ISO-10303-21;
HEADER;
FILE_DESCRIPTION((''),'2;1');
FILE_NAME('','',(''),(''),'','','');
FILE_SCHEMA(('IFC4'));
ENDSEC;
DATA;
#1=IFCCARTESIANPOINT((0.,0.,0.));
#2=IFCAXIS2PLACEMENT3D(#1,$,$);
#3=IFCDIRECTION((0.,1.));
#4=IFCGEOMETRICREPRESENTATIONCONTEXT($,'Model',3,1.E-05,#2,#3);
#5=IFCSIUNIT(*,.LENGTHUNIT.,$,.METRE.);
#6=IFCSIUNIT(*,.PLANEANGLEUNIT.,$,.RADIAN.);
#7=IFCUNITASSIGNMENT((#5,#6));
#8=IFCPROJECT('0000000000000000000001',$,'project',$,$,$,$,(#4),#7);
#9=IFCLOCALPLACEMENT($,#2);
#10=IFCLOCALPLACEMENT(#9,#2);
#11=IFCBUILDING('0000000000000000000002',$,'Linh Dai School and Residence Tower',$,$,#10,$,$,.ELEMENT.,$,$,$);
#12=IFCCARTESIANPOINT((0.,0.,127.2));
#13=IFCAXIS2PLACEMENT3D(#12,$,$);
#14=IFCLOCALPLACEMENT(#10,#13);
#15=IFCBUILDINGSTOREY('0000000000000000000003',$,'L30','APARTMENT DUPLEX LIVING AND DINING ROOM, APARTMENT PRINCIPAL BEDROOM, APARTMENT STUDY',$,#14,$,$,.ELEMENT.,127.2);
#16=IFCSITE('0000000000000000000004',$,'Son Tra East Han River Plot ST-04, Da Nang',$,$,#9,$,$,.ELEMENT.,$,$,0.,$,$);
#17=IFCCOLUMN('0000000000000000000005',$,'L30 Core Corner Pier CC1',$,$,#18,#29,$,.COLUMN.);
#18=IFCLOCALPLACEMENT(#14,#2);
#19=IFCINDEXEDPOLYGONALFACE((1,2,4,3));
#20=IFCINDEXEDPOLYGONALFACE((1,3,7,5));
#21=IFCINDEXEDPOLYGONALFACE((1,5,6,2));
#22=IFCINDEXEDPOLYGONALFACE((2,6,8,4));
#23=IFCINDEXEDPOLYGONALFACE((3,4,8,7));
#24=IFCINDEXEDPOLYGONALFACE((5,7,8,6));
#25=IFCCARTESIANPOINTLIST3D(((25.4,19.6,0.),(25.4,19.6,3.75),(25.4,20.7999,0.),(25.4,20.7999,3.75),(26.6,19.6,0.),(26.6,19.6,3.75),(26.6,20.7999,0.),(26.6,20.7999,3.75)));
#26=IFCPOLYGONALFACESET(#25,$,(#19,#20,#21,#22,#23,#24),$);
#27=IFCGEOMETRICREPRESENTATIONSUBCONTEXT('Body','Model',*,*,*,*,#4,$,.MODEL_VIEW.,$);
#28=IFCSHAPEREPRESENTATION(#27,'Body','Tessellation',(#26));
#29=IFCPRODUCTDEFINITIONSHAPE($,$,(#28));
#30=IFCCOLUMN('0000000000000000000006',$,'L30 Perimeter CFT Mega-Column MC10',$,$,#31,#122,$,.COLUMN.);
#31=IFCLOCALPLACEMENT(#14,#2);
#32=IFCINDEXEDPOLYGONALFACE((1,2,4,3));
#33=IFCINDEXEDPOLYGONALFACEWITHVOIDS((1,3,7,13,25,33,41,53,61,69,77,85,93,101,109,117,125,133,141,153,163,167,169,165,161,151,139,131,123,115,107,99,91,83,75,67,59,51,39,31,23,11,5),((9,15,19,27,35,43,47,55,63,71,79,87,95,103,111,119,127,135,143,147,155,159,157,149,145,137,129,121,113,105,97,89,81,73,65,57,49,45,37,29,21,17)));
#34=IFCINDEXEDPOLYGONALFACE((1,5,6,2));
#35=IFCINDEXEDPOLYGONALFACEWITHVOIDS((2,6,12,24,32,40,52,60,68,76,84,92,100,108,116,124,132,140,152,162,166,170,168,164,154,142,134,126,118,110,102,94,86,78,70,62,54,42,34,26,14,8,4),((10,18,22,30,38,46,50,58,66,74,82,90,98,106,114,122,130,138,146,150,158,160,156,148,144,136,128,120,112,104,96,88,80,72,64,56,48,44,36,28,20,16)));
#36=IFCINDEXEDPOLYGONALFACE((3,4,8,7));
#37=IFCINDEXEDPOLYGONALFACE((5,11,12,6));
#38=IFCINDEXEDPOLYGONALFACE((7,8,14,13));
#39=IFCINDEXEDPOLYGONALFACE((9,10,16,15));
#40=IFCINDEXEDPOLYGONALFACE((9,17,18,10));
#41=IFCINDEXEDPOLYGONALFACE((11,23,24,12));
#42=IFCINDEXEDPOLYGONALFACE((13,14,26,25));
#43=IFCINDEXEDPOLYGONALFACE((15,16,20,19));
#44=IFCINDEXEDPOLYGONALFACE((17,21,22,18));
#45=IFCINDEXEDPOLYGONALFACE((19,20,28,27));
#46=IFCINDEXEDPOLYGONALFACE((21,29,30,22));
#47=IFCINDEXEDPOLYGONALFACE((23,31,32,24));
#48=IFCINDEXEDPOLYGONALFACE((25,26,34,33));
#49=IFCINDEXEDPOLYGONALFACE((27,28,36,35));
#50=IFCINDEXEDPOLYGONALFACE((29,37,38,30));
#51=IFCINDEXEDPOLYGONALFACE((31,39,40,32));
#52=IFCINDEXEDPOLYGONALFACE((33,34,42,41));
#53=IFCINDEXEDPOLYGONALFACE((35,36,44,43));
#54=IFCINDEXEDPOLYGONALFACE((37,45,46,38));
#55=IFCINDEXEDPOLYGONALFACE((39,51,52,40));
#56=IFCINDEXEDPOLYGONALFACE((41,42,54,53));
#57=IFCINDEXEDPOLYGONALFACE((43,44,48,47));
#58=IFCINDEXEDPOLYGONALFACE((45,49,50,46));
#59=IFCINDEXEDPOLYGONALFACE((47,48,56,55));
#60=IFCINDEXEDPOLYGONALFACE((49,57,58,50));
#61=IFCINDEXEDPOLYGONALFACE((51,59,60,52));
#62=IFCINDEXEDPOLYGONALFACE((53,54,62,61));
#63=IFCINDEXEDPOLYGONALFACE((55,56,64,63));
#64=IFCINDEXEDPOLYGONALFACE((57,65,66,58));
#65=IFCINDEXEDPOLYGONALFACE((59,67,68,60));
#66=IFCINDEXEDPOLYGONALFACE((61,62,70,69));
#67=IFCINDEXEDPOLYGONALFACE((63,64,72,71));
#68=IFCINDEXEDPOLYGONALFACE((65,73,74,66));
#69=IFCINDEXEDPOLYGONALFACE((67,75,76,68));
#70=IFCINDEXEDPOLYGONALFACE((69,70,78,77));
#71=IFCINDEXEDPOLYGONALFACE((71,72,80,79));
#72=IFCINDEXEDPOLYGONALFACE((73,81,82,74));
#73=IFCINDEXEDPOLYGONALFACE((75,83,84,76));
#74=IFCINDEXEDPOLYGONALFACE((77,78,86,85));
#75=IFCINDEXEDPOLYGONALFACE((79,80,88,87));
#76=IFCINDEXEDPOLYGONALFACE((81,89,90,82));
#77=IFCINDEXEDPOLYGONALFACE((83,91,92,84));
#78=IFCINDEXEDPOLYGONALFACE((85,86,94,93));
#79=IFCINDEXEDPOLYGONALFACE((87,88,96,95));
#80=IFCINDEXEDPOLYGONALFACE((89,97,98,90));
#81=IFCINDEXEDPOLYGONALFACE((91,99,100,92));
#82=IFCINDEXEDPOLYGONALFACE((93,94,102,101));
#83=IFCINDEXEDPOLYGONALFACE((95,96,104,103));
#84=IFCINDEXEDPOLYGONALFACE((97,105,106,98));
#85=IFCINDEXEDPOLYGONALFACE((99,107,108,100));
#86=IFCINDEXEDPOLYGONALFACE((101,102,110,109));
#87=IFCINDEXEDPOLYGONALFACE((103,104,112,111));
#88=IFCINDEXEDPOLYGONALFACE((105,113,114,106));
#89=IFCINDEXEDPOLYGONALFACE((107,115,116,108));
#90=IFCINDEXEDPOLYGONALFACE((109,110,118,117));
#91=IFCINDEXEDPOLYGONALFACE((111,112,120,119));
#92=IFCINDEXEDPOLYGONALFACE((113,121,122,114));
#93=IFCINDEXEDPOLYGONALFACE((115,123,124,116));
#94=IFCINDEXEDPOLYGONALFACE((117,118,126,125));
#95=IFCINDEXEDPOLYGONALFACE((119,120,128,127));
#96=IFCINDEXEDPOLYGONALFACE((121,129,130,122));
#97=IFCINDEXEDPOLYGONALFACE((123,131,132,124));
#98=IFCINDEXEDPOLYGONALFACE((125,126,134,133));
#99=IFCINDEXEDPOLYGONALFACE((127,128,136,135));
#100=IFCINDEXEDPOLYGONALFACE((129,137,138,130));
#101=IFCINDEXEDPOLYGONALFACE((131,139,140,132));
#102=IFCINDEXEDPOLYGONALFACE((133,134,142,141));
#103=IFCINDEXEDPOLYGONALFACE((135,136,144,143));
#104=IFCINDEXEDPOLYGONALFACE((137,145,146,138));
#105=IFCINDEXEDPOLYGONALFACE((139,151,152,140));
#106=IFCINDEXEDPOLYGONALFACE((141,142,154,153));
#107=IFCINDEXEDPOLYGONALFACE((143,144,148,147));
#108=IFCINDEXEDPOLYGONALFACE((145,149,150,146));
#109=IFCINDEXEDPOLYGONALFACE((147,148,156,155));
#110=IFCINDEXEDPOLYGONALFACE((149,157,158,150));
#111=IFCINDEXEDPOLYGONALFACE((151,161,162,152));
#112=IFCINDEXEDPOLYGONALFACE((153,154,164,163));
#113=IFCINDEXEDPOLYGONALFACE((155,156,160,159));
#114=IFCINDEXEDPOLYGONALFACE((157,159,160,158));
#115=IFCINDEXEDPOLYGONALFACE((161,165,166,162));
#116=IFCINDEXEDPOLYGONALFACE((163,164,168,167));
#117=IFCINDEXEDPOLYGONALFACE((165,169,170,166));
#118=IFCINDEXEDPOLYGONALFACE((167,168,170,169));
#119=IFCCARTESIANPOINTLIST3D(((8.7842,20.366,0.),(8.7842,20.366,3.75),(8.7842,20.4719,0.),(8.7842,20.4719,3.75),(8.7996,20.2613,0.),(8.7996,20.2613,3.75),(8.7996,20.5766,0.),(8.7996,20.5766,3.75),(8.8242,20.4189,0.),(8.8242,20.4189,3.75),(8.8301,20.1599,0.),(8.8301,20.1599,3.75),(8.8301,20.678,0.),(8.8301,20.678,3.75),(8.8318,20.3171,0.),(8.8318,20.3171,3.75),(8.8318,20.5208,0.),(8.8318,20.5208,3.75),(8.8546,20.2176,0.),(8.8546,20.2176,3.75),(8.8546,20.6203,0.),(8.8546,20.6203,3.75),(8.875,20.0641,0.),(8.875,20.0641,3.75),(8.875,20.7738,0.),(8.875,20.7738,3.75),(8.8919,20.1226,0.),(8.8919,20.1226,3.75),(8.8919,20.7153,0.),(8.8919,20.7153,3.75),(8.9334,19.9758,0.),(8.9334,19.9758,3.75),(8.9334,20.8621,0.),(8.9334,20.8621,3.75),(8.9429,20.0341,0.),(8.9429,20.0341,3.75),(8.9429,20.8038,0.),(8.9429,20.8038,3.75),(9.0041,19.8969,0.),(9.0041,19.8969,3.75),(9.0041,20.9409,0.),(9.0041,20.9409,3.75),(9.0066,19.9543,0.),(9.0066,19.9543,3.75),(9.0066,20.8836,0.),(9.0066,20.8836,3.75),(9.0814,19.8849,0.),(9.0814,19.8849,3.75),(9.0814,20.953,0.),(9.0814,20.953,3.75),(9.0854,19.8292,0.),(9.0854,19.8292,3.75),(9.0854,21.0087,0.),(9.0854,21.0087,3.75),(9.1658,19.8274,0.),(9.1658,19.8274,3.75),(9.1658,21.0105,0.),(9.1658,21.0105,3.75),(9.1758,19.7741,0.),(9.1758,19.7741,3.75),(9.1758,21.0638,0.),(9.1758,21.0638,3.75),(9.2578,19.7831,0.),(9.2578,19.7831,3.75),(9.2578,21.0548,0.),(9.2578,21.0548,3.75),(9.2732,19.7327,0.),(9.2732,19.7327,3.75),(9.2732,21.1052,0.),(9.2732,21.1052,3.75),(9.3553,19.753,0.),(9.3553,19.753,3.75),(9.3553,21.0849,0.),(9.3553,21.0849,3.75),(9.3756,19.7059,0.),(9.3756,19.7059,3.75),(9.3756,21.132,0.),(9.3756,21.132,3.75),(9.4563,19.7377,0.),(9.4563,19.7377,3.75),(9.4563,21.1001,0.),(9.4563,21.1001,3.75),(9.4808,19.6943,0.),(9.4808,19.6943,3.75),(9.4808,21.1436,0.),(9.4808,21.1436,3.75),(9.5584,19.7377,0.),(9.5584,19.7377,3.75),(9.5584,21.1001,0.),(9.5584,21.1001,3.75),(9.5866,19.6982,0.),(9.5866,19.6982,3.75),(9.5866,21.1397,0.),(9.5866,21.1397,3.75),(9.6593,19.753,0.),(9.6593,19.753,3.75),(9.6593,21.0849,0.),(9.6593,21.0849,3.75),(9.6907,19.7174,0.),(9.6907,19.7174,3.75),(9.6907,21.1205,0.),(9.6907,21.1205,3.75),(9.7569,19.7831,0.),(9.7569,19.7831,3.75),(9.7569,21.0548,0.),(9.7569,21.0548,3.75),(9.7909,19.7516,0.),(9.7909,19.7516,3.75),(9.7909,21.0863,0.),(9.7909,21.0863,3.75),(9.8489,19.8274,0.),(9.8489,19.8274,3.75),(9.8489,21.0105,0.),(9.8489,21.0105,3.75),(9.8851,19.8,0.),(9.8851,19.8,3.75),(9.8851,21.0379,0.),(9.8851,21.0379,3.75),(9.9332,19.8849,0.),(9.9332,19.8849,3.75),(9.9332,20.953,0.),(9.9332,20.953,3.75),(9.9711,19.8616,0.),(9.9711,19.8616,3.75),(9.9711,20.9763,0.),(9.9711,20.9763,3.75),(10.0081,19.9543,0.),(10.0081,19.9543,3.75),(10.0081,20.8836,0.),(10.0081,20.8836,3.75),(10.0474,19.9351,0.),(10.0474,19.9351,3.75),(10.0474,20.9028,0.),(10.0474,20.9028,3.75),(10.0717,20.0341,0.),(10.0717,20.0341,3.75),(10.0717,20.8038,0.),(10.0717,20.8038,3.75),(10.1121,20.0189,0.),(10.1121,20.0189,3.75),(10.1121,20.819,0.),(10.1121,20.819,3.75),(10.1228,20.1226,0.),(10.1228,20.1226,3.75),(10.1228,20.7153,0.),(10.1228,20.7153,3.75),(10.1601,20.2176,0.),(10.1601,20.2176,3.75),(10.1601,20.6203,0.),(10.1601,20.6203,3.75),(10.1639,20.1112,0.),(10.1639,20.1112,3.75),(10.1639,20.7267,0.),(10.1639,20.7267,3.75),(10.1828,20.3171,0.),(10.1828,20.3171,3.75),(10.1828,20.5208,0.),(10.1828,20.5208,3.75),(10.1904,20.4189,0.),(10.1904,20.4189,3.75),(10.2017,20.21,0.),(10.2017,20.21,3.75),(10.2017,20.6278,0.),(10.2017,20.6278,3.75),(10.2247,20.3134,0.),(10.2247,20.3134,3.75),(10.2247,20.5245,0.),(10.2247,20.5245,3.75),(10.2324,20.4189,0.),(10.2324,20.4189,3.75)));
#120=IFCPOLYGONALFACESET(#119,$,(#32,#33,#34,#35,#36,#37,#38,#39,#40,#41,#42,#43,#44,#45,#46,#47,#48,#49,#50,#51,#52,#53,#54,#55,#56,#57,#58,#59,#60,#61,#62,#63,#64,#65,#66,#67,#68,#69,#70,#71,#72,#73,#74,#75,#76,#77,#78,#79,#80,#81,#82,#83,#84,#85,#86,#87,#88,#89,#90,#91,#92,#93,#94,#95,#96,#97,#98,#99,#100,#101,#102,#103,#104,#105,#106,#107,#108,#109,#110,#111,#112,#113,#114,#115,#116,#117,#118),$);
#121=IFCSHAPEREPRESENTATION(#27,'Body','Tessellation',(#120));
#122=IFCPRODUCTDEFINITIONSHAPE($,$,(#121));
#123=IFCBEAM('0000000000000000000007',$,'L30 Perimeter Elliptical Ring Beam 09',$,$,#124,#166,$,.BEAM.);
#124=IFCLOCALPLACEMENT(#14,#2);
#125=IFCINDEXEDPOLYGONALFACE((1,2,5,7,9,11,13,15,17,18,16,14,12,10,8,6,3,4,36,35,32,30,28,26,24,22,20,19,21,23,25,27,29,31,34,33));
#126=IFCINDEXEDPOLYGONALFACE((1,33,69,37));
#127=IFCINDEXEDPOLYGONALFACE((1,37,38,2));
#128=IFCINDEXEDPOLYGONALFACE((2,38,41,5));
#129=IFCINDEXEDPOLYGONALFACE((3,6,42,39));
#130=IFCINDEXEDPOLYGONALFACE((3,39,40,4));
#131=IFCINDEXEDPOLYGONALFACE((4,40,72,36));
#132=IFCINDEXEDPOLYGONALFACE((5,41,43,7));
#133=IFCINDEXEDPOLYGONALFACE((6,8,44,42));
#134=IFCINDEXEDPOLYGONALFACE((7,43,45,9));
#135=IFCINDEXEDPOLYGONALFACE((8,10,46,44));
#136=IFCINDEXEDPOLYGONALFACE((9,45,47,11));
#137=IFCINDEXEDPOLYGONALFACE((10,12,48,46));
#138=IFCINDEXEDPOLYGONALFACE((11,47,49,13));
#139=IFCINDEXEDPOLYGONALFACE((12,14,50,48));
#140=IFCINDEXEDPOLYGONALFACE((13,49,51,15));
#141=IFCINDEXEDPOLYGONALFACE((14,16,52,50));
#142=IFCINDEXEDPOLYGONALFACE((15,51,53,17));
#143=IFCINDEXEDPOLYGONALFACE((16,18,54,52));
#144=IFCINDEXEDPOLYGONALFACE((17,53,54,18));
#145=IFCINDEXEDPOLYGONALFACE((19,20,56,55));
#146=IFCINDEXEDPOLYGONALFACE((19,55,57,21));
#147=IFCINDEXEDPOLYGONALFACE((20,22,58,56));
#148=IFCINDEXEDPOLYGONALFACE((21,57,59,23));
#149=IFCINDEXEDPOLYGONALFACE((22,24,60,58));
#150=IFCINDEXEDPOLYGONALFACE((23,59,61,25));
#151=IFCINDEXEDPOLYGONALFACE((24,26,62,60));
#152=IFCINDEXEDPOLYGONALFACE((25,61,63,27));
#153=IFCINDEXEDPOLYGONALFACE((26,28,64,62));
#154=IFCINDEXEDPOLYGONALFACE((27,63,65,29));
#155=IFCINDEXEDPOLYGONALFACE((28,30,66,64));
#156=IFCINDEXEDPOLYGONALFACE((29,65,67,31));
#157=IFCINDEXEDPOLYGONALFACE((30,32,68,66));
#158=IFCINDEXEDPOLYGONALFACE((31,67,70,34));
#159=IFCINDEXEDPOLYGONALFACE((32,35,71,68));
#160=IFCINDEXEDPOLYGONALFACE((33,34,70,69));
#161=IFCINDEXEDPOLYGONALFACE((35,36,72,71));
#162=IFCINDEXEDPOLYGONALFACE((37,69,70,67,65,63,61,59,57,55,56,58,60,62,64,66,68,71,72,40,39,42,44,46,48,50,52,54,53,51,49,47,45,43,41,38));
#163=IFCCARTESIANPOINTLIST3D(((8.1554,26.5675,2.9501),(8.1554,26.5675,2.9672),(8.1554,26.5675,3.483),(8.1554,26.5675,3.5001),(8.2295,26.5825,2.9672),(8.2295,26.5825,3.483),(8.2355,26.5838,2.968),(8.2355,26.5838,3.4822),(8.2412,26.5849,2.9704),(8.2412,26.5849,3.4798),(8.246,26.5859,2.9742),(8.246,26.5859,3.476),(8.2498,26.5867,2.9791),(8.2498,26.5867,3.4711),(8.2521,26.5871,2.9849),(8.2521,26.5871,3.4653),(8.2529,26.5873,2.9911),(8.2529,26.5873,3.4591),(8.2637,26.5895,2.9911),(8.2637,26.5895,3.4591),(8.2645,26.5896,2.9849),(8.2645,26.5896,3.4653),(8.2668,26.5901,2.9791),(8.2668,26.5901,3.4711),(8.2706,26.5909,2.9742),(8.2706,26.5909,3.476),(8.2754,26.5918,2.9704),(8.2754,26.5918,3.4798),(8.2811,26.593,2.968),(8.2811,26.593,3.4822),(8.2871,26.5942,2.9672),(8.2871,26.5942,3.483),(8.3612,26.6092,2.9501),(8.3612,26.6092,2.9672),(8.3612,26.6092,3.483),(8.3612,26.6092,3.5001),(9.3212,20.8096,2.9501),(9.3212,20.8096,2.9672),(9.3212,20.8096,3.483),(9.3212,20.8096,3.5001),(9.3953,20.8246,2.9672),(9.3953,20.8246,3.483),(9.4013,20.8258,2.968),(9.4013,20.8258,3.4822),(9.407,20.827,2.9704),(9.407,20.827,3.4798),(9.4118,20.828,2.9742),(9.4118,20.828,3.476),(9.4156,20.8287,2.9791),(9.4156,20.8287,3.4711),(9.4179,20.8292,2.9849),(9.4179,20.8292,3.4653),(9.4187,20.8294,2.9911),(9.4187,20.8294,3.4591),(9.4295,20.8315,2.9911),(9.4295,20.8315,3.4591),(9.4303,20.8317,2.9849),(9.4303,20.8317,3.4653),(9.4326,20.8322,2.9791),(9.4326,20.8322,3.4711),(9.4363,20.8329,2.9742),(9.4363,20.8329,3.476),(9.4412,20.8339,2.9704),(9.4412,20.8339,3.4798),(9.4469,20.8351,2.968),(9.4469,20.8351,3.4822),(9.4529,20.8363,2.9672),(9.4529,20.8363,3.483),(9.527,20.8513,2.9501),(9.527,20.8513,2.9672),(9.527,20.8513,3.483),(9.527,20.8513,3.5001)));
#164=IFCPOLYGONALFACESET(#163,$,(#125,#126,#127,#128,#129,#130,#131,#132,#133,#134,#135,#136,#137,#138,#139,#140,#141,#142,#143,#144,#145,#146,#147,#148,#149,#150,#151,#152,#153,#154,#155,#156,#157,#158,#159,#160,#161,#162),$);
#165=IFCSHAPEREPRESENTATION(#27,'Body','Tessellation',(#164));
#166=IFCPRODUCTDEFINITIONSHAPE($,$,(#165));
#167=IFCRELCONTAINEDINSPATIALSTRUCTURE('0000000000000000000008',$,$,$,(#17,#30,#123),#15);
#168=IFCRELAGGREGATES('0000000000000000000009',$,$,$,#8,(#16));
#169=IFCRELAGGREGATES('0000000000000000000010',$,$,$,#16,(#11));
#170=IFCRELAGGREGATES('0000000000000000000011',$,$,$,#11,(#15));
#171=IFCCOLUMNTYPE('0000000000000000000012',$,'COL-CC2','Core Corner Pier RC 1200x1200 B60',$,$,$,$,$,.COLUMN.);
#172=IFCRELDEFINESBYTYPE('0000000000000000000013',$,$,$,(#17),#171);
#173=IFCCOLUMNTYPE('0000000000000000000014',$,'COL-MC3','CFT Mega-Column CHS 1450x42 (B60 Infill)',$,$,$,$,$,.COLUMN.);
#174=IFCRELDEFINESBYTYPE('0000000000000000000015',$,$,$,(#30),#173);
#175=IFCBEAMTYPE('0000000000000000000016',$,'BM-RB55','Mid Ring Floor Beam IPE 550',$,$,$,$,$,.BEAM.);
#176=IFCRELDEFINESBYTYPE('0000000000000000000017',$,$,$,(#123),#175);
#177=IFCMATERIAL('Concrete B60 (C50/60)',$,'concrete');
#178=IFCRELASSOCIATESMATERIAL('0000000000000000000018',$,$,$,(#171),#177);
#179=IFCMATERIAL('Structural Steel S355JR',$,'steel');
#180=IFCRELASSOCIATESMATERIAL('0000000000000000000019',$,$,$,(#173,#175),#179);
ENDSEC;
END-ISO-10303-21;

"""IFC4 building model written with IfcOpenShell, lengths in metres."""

from ifc_helpers import new_model, si_unit, direction, frame, origin, origin_2d, place, context, subcontext, project, spatial, rectangle, hollow_circle, i_section, extrude, material, material_profile, profile_set, type_object, element, save


model = new_model("IFC4")

# Units and contexts
model_context = context("Model", 3, precision=1e-05, world=origin(), true_north=direction((0.0, 1.0)))
body_context = subcontext(model_context, "Body", "Model", "MODEL_VIEW")
ifc_project = project(units=[si_unit("LENGTHUNIT", "METRE"), si_unit("PLANEANGLEUNIT", "RADIAN")], contexts=[model_context])

# Site, building, storey
site_placement = place(None, origin())
site = spatial("IfcSite", under=ifc_project, at=site_placement, Name="Son Tra East Han River Plot ST-04, Da Nang", CompositionType="ELEMENT", RefElevation=0.0)
building_placement = place(site_placement, origin())
building = spatial("IfcBuilding", under=site, at=building_placement, Name="Linh Dai School and Residence Tower", CompositionType="ELEMENT")
storey_placement = place(building_placement, frame((0.0, 0.0, 127.2)))
storey = spatial("IfcBuildingStorey", under=building, at=storey_placement, Name="L30", Description="APARTMENT DUPLEX LIVING AND DINING ROOM, APARTMENT PRINCIPAL BEDROOM, APARTMENT STUDY", CompositionType="ELEMENT", Elevation=127.2)

# Columns
ifc_material_1 = material(Name="Concrete B60 (C50/60)", Category="concrete")
ifc_material_profile_1 = material_profile(ifc_material_1, rectangle(XDim=1.2, YDim=1.2, at=origin_2d()), Name="RC 1200x1200")
ifc_profile_set_1 = profile_set([ifc_material_profile_1], Name="Concrete B60 (C50/60)")
column_type_1 = type_object("IfcColumnType", Name="COL-CC2", Description="Core Corner Pier RC 1200x1200 B60", PredefinedType="COLUMN", material=ifc_profile_set_1)
column_1_placement = place(storey_placement, frame((26.0, 20.2, 0.0), z_axis=(0.0, 0.0, 1.0), x_axis=(1.0, 0.0, 0.0)))
element("IfcColumn", 1, at=column_1_placement, inside=storey, type_object=column_type_1, Name="L30 Core Corner Pier CC1", PredefinedType="COLUMN", context=body_context, shape_type="SweptSolid", body=[
    extrude(rectangle(XDim=1.2, YDim=1.2, at=origin_2d()), origin(), (0.0, 0.0, 1.0), 3.75),
])
ifc_material_2 = material(Name="Structural Steel S355JR", Category="steel")
ifc_material_profile_2 = material_profile(ifc_material_2, hollow_circle(Radius=0.7251, WallThickness=0.042, at=origin_2d()), Name="CHS 1450x42")
ifc_profile_set_2 = profile_set([ifc_material_profile_2], Name="Structural Steel S355JR")
column_type_2 = type_object("IfcColumnType", Name="COL-MC3", Description="CFT Mega-Column CHS 1450x42 (B60 Infill)", PredefinedType="COLUMN", material=ifc_profile_set_2)
column_2_placement = place(storey_placement, frame((9.5073, 20.4189, 0.0), z_axis=(0.0, 0.0, 1.0), x_axis=(1.0, 0.0, 0.0)))
element("IfcColumn", 2, at=column_2_placement, inside=storey, type_object=column_type_2, Name="L30 Perimeter CFT Mega-Column MC10", PredefinedType="COLUMN", context=body_context, shape_type="SweptSolid", body=[
    extrude(hollow_circle(Radius=0.7251, WallThickness=0.042, at=origin_2d()), origin(), (0.0, 0.0, 1.0), 3.75),
])

# Beam
ifc_material_profile_3 = material_profile(ifc_material_2, i_section(OverallWidth=0.21, OverallDepth=0.55, WebThickness=0.011, FlangeThickness=0.0171, FilletRadius=0.0239, at=origin_2d()), Name="IPE 550")
ifc_profile_set_3 = profile_set([ifc_material_profile_3], Name="Structural Steel S355JR")
beam_type_1 = type_object("IfcBeamType", Name="BM-RB55", Description="Mid Ring Floor Beam IPE 550", PredefinedType="BEAM", material=ifc_profile_set_3)
beam_1_placement = place(storey_placement, frame((8.2583, 26.5884, 3.2251), z_axis=(0.198441, -0.980113, 0.0), x_axis=(0.980113, 0.198441, 0.0)))
element("IfcBeam", 3, at=beam_1_placement, inside=storey, type_object=beam_type_1, Name="L30 Perimeter Elliptical Ring Beam 09", PredefinedType="BEAM", context=body_context, shape_type="SweptSolid", body=[
    extrude(i_section(OverallWidth=0.21, OverallDepth=0.55, WebThickness=0.011, FlangeThickness=0.0171, FilletRadius=0.0239, at=origin_2d()), origin(), (0.0, 0.0, 1.0), 5.8748),
])

save(model, "model.ifc")
